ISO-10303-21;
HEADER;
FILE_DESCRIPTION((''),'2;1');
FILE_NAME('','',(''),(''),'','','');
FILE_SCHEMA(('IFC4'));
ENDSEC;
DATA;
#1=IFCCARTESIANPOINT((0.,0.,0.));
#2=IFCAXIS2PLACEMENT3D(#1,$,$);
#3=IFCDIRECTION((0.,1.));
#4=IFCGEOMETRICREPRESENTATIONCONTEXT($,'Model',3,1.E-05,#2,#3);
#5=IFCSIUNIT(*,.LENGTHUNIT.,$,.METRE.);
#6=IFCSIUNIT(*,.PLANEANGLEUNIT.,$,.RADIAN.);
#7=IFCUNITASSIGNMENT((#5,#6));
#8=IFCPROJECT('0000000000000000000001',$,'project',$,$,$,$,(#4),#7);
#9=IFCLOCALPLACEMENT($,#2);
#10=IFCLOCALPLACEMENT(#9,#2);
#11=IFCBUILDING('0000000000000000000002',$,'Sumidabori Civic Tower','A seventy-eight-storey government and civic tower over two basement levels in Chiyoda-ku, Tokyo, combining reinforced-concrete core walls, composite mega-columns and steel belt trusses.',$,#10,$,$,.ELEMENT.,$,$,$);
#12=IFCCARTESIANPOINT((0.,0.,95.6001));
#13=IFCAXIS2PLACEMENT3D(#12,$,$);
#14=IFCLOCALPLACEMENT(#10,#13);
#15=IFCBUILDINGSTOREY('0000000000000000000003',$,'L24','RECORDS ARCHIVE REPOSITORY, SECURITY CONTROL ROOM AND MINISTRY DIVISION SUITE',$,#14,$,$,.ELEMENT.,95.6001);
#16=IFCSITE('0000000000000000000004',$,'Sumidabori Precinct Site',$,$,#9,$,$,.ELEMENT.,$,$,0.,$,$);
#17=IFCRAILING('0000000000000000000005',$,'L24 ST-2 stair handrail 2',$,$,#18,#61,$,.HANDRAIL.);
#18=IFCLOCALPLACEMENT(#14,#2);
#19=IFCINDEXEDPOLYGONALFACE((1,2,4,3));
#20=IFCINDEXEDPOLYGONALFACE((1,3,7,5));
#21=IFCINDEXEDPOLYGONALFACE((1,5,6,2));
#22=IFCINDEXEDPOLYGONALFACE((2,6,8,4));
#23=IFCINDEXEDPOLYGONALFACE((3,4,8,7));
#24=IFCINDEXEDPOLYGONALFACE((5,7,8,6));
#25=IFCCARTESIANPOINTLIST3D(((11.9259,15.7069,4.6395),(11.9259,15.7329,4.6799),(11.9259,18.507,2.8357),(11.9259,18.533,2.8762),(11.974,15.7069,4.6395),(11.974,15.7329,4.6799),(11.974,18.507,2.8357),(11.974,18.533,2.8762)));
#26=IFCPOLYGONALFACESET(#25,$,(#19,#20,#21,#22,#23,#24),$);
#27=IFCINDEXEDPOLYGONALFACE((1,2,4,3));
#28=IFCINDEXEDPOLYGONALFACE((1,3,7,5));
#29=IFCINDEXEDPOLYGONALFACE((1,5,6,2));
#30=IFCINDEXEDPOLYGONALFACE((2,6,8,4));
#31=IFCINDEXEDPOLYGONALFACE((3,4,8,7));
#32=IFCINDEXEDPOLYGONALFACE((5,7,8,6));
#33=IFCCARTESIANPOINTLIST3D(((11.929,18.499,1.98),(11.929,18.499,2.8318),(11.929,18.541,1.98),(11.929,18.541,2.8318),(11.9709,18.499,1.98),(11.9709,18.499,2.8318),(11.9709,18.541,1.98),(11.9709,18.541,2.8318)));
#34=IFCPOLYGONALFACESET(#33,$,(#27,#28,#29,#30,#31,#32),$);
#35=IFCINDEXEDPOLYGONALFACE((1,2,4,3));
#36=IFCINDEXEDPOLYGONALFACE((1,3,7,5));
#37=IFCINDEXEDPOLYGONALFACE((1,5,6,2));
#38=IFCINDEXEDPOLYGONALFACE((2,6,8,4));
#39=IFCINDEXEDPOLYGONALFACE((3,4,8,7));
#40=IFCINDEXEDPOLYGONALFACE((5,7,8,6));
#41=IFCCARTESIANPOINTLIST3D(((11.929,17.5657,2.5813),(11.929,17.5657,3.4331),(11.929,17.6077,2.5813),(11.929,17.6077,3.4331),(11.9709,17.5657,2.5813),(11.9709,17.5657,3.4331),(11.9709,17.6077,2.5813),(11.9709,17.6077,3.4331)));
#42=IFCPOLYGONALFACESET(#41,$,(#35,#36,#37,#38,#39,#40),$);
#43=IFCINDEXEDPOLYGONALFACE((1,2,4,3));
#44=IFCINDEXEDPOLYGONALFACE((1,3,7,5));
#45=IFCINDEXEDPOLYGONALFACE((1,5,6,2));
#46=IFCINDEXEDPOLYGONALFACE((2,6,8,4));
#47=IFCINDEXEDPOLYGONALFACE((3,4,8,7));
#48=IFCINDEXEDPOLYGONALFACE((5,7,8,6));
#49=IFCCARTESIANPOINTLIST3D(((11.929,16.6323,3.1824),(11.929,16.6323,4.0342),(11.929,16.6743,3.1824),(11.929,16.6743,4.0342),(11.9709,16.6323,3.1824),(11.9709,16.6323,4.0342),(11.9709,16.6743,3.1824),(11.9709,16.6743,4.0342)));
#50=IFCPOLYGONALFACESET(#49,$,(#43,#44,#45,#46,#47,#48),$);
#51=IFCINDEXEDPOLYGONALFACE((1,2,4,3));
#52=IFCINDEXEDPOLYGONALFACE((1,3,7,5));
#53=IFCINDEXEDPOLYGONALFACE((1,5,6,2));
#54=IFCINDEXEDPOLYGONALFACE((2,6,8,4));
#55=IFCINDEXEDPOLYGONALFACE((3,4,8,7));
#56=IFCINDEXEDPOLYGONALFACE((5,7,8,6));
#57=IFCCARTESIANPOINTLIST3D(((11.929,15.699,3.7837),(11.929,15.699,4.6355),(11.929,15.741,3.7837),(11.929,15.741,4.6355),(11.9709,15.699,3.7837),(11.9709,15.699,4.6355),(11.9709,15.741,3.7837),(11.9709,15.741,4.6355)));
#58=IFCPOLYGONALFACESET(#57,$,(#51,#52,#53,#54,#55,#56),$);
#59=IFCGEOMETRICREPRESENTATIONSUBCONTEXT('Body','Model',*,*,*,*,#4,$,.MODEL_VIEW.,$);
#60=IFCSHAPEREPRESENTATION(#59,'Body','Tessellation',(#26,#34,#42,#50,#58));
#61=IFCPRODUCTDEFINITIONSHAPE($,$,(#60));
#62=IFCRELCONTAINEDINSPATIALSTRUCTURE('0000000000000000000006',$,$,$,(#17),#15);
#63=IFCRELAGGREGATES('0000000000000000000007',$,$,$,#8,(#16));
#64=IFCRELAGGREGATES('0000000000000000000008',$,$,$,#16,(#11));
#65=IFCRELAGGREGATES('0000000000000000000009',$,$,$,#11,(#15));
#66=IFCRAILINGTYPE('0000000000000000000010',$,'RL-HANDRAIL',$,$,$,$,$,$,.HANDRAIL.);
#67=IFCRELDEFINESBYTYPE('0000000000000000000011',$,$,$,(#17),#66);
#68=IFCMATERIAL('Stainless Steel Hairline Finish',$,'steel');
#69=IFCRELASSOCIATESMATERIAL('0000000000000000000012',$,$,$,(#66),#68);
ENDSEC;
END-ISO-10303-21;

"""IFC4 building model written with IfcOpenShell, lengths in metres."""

from ifc_helpers import new_model, si_unit, direction, frame, origin, origin_2d, place, context, subcontext, project, spatial, rectangle, extrude, material, type_object, element, save


model = new_model("IFC4")

# Units and contexts
model_context = context("Model", 3, precision=1e-05, world=origin(), true_north=direction((0.0, 1.0)))
body_context = subcontext(model_context, "Body", "Model", "MODEL_VIEW")
ifc_project = project(units=[si_unit("LENGTHUNIT", "METRE"), si_unit("PLANEANGLEUNIT", "RADIAN")], contexts=[model_context])

# Site, building, storey
site_placement = place(None, origin())
site = spatial("IfcSite", under=ifc_project, at=site_placement, Name="Sumidabori Precinct Site", CompositionType="ELEMENT", RefElevation=0.0)
building_placement = place(site_placement, origin())
building = spatial("IfcBuilding", under=site, at=building_placement, Name="Sumidabori Civic Tower", Description="A seventy-eight-storey government and civic tower over two basement levels in Chiyoda-ku, Tokyo, combining reinforced-concrete core walls, composite mega-columns and steel belt trusses.", CompositionType="ELEMENT")
storey_placement = place(building_placement, frame((0.0, 0.0, 95.6001)))
storey = spatial("IfcBuildingStorey", under=building, at=storey_placement, Name="L24", Description="RECORDS ARCHIVE REPOSITORY, SECURITY CONTROL ROOM AND MINISTRY DIVISION SUITE", CompositionType="ELEMENT", Elevation=95.6001)

# Shared definitions
ifc_material_1 = material(Name="Stainless Steel Hairline Finish", Category="steel")

# Railing
railing_type = type_object("IfcRailingType", Name="RL-HANDRAIL", PredefinedType="HANDRAIL", material=ifc_material_1)
railing_placement = place(storey_placement, frame((11.95, 18.52, 1.98)))
element("IfcRailing", 1, at=railing_placement, inside=storey, type_object=railing_type, Name="L24 ST-2 stair handrail 2", PredefinedType="HANDRAIL", context=body_context, shape_type="SweptSolid", body=[
    extrude(rectangle(XDim=0.0481, YDim=0.0481, at=origin_2d()), frame((0.0, 0.0, 0.876), z_axis=(0.0, -0.840676, 0.541539), x_axis=(1.0, 0.0, 0.0)), (0.0, 0.0, 1.0), 3.3308),
    extrude(rectangle(XDim=0.042, YDim=0.042, at=origin_2d()), origin(), (0.0, 0.0, 1.0), 0.8518),
    extrude(rectangle(XDim=0.042, YDim=0.042, at=origin_2d()), frame((0.0, -0.9333, 0.6013)), (0.0, 0.0, 1.0), 0.8518),
    extrude(rectangle(XDim=0.042, YDim=0.042, at=origin_2d()), frame((0.0, -1.8667, 1.2024)), (0.0, 0.0, 1.0), 0.8518),
    extrude(rectangle(XDim=0.042, YDim=0.042, at=origin_2d()), frame((0.0, -2.8, 1.8037)), (0.0, 0.0, 1.0), 0.8518),
])

save(model, "model.ifc")
